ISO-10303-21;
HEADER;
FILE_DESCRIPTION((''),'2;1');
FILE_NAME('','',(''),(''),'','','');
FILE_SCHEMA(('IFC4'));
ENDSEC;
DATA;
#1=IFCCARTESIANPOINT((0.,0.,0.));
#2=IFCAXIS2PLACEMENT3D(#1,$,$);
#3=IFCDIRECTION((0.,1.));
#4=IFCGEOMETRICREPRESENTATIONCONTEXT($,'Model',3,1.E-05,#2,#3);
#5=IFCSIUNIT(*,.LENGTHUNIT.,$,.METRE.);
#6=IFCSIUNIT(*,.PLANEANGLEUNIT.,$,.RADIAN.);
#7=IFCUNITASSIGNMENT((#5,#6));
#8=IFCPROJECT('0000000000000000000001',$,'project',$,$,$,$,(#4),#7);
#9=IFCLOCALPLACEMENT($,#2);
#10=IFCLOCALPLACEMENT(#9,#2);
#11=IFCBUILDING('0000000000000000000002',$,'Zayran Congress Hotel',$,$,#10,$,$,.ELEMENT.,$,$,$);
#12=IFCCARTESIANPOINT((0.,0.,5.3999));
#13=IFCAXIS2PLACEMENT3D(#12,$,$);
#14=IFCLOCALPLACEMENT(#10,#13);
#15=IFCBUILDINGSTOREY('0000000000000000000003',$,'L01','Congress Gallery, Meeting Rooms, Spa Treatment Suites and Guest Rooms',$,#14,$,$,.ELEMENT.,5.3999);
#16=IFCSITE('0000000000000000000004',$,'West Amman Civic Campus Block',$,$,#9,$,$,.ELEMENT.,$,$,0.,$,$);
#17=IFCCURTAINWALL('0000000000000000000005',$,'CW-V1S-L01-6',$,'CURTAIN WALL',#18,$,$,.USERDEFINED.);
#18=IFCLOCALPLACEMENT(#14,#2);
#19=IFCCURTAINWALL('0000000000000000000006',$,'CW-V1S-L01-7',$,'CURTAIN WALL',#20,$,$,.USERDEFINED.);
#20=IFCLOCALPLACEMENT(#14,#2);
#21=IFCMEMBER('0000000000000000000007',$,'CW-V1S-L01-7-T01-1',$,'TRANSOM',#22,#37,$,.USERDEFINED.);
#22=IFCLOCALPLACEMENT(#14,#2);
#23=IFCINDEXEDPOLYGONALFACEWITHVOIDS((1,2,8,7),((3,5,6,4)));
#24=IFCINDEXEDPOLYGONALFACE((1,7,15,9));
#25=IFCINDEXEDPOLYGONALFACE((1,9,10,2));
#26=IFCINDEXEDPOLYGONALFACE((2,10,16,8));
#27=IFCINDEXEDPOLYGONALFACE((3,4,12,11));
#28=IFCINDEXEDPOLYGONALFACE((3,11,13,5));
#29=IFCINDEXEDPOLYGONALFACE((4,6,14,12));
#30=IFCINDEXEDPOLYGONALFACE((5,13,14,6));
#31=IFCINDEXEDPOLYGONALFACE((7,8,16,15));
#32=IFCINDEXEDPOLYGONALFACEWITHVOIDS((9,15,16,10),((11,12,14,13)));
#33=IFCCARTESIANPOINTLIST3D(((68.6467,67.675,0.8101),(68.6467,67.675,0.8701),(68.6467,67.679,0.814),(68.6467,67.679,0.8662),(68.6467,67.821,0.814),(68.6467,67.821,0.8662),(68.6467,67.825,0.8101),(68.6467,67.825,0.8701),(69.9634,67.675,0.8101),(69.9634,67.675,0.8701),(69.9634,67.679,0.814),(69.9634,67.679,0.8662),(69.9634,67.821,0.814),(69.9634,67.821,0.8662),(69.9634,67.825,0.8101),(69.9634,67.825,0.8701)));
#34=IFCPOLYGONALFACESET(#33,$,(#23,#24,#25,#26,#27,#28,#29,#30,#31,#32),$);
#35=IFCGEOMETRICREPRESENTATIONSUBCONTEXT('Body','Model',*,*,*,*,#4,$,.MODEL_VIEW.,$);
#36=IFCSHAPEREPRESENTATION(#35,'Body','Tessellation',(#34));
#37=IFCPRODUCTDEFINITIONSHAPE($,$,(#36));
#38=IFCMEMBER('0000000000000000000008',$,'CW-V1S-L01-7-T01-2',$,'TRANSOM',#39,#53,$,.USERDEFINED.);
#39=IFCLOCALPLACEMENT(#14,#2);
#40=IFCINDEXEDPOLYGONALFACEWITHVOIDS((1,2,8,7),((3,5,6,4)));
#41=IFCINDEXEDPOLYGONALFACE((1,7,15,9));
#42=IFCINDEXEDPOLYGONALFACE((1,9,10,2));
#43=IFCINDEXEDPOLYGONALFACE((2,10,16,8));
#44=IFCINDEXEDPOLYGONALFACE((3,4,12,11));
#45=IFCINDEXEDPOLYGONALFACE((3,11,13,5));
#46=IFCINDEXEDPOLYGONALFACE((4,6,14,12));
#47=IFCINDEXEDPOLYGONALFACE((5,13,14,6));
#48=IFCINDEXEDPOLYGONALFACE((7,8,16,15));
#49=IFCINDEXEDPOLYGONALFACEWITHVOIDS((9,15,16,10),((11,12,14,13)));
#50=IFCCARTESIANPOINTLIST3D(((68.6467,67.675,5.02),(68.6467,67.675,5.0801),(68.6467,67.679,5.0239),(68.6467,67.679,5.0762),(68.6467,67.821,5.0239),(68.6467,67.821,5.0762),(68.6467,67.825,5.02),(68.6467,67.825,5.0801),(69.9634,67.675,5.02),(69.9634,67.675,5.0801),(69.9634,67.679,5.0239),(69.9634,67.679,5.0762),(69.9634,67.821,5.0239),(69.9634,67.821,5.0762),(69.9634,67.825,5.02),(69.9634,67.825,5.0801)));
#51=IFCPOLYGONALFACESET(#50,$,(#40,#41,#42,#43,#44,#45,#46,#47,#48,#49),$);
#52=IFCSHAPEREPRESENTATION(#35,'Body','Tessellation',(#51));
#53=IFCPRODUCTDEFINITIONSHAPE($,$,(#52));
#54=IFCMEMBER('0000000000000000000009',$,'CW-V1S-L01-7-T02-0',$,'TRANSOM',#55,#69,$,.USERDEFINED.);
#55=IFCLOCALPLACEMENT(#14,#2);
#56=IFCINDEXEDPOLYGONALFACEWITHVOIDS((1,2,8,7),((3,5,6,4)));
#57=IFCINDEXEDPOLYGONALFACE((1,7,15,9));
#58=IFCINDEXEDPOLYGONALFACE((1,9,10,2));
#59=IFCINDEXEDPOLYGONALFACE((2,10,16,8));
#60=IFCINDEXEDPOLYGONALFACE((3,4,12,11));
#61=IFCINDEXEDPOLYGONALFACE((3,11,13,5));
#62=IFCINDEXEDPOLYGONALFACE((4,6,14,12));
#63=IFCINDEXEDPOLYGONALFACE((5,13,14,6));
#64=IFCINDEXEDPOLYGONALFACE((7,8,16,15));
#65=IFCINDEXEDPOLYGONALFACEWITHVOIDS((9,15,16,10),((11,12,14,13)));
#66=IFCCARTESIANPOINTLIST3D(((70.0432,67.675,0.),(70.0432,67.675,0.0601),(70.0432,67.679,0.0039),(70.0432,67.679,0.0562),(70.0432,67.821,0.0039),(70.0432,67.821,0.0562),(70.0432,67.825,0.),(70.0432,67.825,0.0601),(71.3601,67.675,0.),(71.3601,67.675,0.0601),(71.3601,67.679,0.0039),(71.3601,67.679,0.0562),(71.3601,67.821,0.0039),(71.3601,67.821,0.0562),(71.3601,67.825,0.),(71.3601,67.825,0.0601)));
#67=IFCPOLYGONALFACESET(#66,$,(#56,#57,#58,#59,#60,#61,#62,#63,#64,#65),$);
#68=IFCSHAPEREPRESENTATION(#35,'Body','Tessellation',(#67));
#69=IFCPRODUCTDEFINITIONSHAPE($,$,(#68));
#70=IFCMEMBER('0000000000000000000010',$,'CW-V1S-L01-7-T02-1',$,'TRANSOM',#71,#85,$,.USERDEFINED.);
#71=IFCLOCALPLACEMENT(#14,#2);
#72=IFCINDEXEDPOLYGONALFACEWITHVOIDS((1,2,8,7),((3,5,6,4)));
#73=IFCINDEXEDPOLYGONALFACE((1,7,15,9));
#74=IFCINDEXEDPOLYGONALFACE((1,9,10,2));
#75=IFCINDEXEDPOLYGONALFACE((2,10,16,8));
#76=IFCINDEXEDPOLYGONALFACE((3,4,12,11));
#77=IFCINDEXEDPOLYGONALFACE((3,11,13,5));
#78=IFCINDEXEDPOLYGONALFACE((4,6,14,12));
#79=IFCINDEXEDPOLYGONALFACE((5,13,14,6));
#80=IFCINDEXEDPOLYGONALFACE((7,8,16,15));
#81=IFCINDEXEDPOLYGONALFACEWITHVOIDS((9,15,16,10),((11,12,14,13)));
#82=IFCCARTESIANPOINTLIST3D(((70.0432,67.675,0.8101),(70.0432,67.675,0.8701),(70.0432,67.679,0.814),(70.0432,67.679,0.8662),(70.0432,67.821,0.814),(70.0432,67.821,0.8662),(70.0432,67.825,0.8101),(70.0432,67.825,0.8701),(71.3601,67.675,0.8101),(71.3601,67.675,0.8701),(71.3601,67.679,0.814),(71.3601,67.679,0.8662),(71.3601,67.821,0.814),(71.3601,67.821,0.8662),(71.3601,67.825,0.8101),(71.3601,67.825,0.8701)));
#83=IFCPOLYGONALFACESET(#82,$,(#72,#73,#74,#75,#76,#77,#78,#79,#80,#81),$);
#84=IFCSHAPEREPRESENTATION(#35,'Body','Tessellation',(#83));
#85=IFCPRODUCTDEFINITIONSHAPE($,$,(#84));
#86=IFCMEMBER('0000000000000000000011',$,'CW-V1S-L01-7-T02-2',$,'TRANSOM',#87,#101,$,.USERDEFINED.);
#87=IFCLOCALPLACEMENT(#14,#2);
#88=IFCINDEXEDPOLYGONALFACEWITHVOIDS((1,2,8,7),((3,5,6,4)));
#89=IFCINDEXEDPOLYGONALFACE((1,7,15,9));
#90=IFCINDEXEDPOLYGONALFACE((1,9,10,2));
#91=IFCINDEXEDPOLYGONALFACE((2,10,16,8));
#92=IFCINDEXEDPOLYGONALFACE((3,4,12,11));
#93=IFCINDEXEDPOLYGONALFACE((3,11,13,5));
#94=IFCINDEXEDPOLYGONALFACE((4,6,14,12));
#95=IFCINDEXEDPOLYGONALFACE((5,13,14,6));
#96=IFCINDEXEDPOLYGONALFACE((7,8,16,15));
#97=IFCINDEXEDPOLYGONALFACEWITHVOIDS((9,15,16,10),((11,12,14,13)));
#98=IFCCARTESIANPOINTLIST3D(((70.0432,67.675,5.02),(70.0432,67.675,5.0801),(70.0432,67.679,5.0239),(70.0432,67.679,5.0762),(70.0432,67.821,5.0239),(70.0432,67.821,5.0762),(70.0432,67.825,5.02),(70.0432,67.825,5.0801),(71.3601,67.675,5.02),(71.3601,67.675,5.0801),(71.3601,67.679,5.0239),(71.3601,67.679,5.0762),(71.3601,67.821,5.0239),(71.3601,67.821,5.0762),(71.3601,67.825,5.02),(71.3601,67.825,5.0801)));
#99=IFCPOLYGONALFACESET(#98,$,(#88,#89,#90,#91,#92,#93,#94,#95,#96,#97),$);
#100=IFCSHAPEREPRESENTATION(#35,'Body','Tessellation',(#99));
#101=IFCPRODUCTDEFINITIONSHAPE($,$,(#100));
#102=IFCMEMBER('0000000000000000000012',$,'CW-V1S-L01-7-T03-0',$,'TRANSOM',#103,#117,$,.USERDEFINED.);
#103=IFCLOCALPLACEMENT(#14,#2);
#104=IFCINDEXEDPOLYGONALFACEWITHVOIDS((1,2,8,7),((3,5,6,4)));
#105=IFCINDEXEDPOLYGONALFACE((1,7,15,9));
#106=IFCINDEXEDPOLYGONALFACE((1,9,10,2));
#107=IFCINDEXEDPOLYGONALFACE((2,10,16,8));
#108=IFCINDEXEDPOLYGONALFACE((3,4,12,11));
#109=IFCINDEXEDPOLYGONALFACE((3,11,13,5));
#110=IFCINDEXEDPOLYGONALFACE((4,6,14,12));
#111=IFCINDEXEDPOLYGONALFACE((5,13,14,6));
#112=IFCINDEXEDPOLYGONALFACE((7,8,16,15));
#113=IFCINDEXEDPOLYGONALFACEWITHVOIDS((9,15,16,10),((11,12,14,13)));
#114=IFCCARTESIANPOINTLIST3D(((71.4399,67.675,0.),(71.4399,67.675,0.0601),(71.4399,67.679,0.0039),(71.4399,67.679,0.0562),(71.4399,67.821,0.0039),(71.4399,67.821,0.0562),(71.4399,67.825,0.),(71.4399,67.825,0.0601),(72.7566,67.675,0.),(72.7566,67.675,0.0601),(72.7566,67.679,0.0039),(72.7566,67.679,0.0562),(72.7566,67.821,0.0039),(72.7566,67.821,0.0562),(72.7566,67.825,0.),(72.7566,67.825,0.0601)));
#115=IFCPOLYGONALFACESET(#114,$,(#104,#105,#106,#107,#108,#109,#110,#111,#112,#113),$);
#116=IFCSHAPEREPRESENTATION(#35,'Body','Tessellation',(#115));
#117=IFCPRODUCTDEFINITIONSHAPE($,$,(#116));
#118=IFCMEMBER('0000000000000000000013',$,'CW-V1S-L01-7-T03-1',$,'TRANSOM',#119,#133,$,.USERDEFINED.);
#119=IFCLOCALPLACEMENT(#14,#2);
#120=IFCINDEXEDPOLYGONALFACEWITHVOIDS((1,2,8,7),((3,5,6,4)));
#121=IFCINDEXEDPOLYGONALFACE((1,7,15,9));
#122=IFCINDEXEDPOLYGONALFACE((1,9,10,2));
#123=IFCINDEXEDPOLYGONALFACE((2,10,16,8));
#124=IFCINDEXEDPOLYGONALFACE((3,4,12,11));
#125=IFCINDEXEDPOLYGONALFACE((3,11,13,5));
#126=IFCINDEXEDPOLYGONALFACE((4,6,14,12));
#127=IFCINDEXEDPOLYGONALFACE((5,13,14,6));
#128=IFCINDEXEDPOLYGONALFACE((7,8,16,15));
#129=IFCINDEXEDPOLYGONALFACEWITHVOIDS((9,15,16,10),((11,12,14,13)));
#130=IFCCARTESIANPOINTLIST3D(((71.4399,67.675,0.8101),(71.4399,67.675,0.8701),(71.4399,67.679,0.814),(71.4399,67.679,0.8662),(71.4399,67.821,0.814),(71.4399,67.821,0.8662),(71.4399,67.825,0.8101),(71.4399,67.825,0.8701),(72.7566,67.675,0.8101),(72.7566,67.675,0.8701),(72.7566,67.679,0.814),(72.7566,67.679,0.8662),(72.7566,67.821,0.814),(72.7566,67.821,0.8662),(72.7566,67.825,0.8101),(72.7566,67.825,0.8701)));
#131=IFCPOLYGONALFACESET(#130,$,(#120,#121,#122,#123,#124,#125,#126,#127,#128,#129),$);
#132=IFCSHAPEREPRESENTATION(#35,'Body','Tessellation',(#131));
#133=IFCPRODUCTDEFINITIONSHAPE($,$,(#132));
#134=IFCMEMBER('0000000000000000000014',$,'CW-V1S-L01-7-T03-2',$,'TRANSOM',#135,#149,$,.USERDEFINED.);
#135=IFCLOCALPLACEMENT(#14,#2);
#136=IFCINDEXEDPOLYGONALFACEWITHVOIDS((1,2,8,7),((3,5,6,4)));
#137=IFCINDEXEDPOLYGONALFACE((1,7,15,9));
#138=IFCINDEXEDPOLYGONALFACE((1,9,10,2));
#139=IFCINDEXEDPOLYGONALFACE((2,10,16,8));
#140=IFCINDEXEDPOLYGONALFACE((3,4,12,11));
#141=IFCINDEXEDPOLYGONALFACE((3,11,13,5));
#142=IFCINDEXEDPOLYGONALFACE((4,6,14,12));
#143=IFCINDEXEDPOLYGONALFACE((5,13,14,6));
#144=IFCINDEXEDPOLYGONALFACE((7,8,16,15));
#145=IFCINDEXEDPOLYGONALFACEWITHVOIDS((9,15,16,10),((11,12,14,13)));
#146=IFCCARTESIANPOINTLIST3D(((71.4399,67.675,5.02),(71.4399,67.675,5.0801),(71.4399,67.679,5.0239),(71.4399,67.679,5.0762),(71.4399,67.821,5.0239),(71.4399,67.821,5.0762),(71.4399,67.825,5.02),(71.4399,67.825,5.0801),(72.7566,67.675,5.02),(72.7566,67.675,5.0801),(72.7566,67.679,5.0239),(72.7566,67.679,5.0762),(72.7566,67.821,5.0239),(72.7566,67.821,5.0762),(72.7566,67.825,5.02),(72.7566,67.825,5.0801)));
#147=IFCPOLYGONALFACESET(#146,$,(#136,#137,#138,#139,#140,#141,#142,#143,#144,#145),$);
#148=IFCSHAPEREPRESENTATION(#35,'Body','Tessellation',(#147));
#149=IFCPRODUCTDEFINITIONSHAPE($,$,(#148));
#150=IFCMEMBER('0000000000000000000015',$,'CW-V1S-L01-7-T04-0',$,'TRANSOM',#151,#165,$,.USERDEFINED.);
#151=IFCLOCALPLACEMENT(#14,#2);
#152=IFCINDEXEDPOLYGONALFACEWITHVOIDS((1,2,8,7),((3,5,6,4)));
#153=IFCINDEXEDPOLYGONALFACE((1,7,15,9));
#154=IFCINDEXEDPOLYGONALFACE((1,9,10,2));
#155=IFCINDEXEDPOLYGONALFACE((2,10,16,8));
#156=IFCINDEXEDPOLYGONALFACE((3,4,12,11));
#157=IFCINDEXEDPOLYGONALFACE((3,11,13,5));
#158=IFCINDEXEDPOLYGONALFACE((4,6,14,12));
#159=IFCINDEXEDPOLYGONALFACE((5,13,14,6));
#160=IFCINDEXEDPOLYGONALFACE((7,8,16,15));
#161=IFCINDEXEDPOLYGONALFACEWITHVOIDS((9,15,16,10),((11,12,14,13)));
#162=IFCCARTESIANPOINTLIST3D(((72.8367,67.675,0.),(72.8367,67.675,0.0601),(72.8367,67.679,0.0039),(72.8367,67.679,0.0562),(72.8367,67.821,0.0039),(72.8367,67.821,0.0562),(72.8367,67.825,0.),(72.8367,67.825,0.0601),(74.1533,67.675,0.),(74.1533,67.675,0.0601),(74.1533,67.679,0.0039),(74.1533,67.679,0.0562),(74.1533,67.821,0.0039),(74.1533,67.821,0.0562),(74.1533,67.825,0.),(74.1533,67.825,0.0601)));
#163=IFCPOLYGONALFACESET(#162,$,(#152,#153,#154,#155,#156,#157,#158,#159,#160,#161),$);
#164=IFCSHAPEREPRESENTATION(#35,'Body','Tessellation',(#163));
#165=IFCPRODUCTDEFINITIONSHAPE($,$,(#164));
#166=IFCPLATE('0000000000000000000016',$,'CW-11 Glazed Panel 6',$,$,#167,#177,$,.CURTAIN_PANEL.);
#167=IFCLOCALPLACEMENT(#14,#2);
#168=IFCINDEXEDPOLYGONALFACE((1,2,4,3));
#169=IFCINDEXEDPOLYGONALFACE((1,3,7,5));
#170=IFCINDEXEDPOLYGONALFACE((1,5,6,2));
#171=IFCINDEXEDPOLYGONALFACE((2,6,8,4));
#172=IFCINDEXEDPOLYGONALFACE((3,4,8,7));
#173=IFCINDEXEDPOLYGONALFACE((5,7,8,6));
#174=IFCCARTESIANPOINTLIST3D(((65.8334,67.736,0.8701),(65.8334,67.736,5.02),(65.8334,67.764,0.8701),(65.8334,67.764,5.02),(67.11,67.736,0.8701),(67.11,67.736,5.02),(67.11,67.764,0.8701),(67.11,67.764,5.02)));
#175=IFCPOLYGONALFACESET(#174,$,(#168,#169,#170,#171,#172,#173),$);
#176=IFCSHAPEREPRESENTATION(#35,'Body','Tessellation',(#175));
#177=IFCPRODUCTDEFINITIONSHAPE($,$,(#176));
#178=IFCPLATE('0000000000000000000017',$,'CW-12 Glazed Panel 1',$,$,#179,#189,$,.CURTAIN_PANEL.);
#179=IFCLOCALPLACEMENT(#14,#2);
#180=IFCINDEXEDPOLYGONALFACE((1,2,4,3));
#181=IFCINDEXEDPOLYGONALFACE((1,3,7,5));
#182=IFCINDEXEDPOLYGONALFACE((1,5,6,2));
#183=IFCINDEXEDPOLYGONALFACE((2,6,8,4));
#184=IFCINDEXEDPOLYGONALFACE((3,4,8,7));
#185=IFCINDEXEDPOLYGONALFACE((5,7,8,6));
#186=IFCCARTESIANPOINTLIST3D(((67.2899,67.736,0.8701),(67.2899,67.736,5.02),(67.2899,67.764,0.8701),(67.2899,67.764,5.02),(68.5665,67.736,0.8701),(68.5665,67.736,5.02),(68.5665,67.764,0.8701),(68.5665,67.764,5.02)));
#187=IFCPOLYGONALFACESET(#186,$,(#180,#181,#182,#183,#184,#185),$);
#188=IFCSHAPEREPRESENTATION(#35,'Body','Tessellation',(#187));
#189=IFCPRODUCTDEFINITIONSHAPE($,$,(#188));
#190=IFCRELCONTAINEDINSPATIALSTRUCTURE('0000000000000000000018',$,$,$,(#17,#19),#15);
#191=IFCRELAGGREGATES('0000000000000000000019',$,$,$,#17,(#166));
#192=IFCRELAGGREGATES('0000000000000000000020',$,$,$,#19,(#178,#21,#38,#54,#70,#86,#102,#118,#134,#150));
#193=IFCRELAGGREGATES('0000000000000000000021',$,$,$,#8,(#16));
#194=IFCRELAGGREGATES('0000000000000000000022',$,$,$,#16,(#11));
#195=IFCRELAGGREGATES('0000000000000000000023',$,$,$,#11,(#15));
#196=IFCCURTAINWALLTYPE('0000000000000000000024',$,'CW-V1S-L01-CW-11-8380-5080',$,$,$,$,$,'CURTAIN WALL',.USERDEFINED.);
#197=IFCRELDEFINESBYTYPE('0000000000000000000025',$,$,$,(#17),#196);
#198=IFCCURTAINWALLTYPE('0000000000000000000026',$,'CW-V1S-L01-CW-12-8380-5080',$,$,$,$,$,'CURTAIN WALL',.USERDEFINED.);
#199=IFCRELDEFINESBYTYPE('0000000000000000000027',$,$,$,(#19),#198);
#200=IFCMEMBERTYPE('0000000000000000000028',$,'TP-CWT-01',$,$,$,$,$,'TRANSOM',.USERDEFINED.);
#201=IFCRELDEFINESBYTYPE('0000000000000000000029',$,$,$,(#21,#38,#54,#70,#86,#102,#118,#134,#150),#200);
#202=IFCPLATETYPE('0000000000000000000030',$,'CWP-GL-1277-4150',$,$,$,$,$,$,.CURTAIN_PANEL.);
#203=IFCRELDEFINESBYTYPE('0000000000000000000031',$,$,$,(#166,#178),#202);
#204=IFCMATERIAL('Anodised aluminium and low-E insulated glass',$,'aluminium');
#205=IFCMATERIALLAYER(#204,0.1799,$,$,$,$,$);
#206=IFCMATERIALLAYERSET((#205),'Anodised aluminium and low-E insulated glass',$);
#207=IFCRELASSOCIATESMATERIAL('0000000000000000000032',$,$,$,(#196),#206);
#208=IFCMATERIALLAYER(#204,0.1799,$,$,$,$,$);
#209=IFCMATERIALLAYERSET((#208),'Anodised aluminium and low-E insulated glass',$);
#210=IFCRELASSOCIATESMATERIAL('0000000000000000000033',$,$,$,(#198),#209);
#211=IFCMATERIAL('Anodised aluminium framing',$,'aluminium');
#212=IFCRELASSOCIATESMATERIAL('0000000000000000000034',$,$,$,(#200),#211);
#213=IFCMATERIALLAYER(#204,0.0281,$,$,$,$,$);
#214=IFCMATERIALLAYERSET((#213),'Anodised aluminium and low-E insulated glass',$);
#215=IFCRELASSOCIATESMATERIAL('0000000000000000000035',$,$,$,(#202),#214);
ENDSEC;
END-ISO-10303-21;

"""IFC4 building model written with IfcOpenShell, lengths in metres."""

from ifc_helpers import new_model, si_unit, direction, frame, origin, origin_2d, place, context, subcontext, project, spatial, rectangle, hollow_rectangle, extrude, material, layer, layer_set, material_profile, profile_set, type_object, element, aggregate, save


model = new_model("IFC4")

# Units and contexts
model_context = context("Model", 3, precision=1e-05, world=origin(), true_north=direction((0.0, 1.0)))
body_context = subcontext(model_context, "Body", "Model", "MODEL_VIEW")
ifc_project = project(units=[si_unit("LENGTHUNIT", "METRE"), si_unit("PLANEANGLEUNIT", "RADIAN")], contexts=[model_context])

# Site, building, storey
site_placement = place(None, origin())
site = spatial("IfcSite", under=ifc_project, at=site_placement, Name="West Amman Civic Campus Block", CompositionType="ELEMENT", RefElevation=0.0)
building_placement = place(site_placement, origin())
building = spatial("IfcBuilding", under=site, at=building_placement, Name="Zayran Congress Hotel", CompositionType="ELEMENT")
storey_placement = place(building_placement, frame((0.0, 0.0, 5.3999)))
storey = spatial("IfcBuildingStorey", under=building, at=storey_placement, Name="L01", Description="Congress Gallery, Meeting Rooms, Spa Treatment Suites and Guest Rooms", CompositionType="ELEMENT", Elevation=5.3999)

# Curtain wall
ifc_material_1 = material(Name="Anodised aluminium and low-E insulated glass", Category="aluminium")
ifc_layer_1 = layer(ifc_material_1, 0.1799)
ifc_layer_set_1 = layer_set([ifc_layer_1], Name="Anodised aluminium and low-E insulated glass")
curtain_wall_type_1 = type_object("IfcCurtainWallType", Name="CW-V1S-L01-CW-11-8380-5080", ElementType="CURTAIN WALL", PredefinedType="USERDEFINED", material=ifc_layer_set_1)
curtain_wall_1_placement = place(storey_placement, origin())
curtain_wall_1 = element("IfcCurtainWall", 1, at=curtain_wall_1_placement, inside=storey, type_object=curtain_wall_type_1, Name="CW-V1S-L01-6", ObjectType="CURTAIN WALL", PredefinedType="USERDEFINED")
ifc_material_2 = material(Name="Anodised aluminium framing", Category="aluminium")

# Curtain wall
ifc_layer_2 = layer(ifc_material_1, 0.1799)
ifc_layer_set_2 = layer_set([ifc_layer_2], Name="Anodised aluminium and low-E insulated glass")
curtain_wall_type_2 = type_object("IfcCurtainWallType", Name="CW-V1S-L01-CW-12-8380-5080", ElementType="CURTAIN WALL", PredefinedType="USERDEFINED", material=ifc_layer_set_2)
curtain_wall_2_placement = place(storey_placement, origin())
curtain_wall_2 = element("IfcCurtainWall", 2, at=curtain_wall_2_placement, inside=storey, type_object=curtain_wall_type_2, Name="CW-V1S-L01-7", ObjectType="CURTAIN WALL", PredefinedType="USERDEFINED")

# Members
ifc_material_profile_1 = material_profile(ifc_material_2, hollow_rectangle(XDim=0.0601, YDim=0.1499, WallThickness=0.0039, at=origin_2d()), Name="RHS 150x60x4")
ifc_profile_set_1 = profile_set([ifc_material_profile_1], Name="Anodised aluminium framing")
member_type_1 = type_object("IfcMemberType", Name="TP-CWT-01", ElementType="TRANSOM", PredefinedType="USERDEFINED", material=ifc_profile_set_1)
member_1_placement = place(storey_placement, frame((68.6467, 67.75, 0.8401), z_axis=(1.0, 0.0, 0.0), x_axis=(0.0, 0.0, 1.0)))
member_1 = element("IfcMember", 3, at=member_1_placement, type_object=member_type_1, Name="CW-V1S-L01-7-T01-1", ObjectType="TRANSOM", PredefinedType="USERDEFINED", context=body_context, shape_type="SweptSolid", body=[
    extrude(hollow_rectangle(XDim=0.0601, YDim=0.1499, WallThickness=0.0039, at=origin_2d()), origin(), (0.0, 0.0, 1.0), 1.3167),
])
member_2_placement = place(storey_placement, frame((68.6467, 67.75, 5.05), z_axis=(1.0, 0.0, 0.0), x_axis=(0.0, 0.0, 1.0)))
member_2 = element("IfcMember", 4, at=member_2_placement, type_object=member_type_1, Name="CW-V1S-L01-7-T01-2", ObjectType="TRANSOM", PredefinedType="USERDEFINED", context=body_context, shape_type="SweptSolid", body=[
    extrude(hollow_rectangle(XDim=0.0601, YDim=0.1499, WallThickness=0.0039, at=origin_2d()), origin(), (0.0, 0.0, 1.0), 1.3167),
])
member_3_placement = place(storey_placement, frame((70.0432, 67.75, 0.03), z_axis=(1.0, 0.0, 0.0), x_axis=(0.0, 0.0, 1.0)))
member_3 = element("IfcMember", 5, at=member_3_placement, type_object=member_type_1, Name="CW-V1S-L01-7-T02-0", ObjectType="TRANSOM", PredefinedType="USERDEFINED", context=body_context, shape_type="SweptSolid", body=[
    extrude(hollow_rectangle(XDim=0.0601, YDim=0.1499, WallThickness=0.0039, at=origin_2d()), origin(), (0.0, 0.0, 1.0), 1.3169),
])
member_4_placement = place(storey_placement, frame((70.0432, 67.75, 0.8401), z_axis=(1.0, 0.0, 0.0), x_axis=(0.0, 0.0, 1.0)))
member_4 = element("IfcMember", 6, at=member_4_placement, type_object=member_type_1, Name="CW-V1S-L01-7-T02-1", ObjectType="TRANSOM", PredefinedType="USERDEFINED", context=body_context, shape_type="SweptSolid", body=[
    extrude(hollow_rectangle(XDim=0.0601, YDim=0.1499, WallThickness=0.0039, at=origin_2d()), origin(), (0.0, 0.0, 1.0), 1.3169),
])
member_5_placement = place(storey_placement, frame((70.0432, 67.75, 5.05), z_axis=(1.0, 0.0, 0.0), x_axis=(0.0, 0.0, 1.0)))
member_5 = element("IfcMember", 7, at=member_5_placement, type_object=member_type_1, Name="CW-V1S-L01-7-T02-2", ObjectType="TRANSOM", PredefinedType="USERDEFINED", context=body_context, shape_type="SweptSolid", body=[
    extrude(hollow_rectangle(XDim=0.0601, YDim=0.1499, WallThickness=0.0039, at=origin_2d()), origin(), (0.0, 0.0, 1.0), 1.3169),
])
member_6_placement = place(storey_placement, frame((71.4399, 67.75, 0.03), z_axis=(1.0, 0.0, 0.0), x_axis=(0.0, 0.0, 1.0)))
member_6 = element("IfcMember", 8, at=member_6_placement, type_object=member_type_1, Name="CW-V1S-L01-7-T03-0", ObjectType="TRANSOM", PredefinedType="USERDEFINED", context=body_context, shape_type="SweptSolid", body=[
    extrude(hollow_rectangle(XDim=0.0601, YDim=0.1499, WallThickness=0.0039, at=origin_2d()), origin(), (0.0, 0.0, 1.0), 1.3167),
])
member_7_placement = place(storey_placement, frame((71.4399, 67.75, 0.8401), z_axis=(1.0, 0.0, 0.0), x_axis=(0.0, 0.0, 1.0)))
member_7 = element("IfcMember", 9, at=member_7_placement, type_object=member_type_1, Name="CW-V1S-L01-7-T03-1", ObjectType="TRANSOM", PredefinedType="USERDEFINED", context=body_context, shape_type="SweptSolid", body=[
    extrude(hollow_rectangle(XDim=0.0601, YDim=0.1499, WallThickness=0.0039, at=origin_2d()), origin(), (0.0, 0.0, 1.0), 1.3167),
])
member_8_placement = place(storey_placement, frame((71.4399, 67.75, 5.05), z_axis=(1.0, 0.0, 0.0), x_axis=(0.0, 0.0, 1.0)))
member_8 = element("IfcMember", 10, at=member_8_placement, type_object=member_type_1, Name="CW-V1S-L01-7-T03-2", ObjectType="TRANSOM", PredefinedType="USERDEFINED", context=body_context, shape_type="SweptSolid", body=[
    extrude(hollow_rectangle(XDim=0.0601, YDim=0.1499, WallThickness=0.0039, at=origin_2d()), origin(), (0.0, 0.0, 1.0), 1.3167),
])
member_9_placement = place(storey_placement, frame((72.8367, 67.75, 0.03), z_axis=(1.0, 0.0, 0.0), x_axis=(0.0, 0.0, 1.0)))
member_9 = element("IfcMember", 11, at=member_9_placement, type_object=member_type_1, Name="CW-V1S-L01-7-T04-0", ObjectType="TRANSOM", PredefinedType="USERDEFINED", context=body_context, shape_type="SweptSolid", body=[
    extrude(hollow_rectangle(XDim=0.0601, YDim=0.1499, WallThickness=0.0039, at=origin_2d()), origin(), (0.0, 0.0, 1.0), 1.3167),
])

# Plates
ifc_layer_3 = layer(ifc_material_1, 0.0281)
ifc_layer_set_3 = layer_set([ifc_layer_3], Name="Anodised aluminium and low-E insulated glass")
plate_type_1 = type_object("IfcPlateType", Name="CWP-GL-1277-4150", PredefinedType="CURTAIN_PANEL", material=ifc_layer_set_3)
plate_1_placement = place(storey_placement, frame((66.4717, 67.75, 0.8701), z_axis=(0.0, 0.0, 1.0), x_axis=(1.0, 0.0, 0.0)))
plate_1 = element("IfcPlate", 12, at=plate_1_placement, type_object=plate_type_1, Name="CW-11 Glazed Panel 6", PredefinedType="CURTAIN_PANEL", context=body_context, shape_type="SweptSolid", body=[
    extrude(rectangle(XDim=1.2766, YDim=0.0281, at=origin_2d()), origin(), (0.0, 0.0, 1.0), 4.1499),
])
plate_2_placement = place(storey_placement, frame((67.9282, 67.75, 0.8701), z_axis=(0.0, 0.0, 1.0), x_axis=(1.0, 0.0, 0.0)))
plate_2 = element("IfcPlate", 13, at=plate_2_placement, type_object=plate_type_1, Name="CW-12 Glazed Panel 1", PredefinedType="CURTAIN_PANEL", context=body_context, shape_type="SweptSolid", body=[
    extrude(rectangle(XDim=1.2766, YDim=0.0281, at=origin_2d()), origin(), (0.0, 0.0, 1.0), 4.1499),
])
aggregate(curtain_wall_1, [plate_1])
aggregate(curtain_wall_2, [plate_2, member_1, member_2, member_3, member_4, member_5, member_6, member_7, member_8, member_9])

save(model, "model.ifc")
